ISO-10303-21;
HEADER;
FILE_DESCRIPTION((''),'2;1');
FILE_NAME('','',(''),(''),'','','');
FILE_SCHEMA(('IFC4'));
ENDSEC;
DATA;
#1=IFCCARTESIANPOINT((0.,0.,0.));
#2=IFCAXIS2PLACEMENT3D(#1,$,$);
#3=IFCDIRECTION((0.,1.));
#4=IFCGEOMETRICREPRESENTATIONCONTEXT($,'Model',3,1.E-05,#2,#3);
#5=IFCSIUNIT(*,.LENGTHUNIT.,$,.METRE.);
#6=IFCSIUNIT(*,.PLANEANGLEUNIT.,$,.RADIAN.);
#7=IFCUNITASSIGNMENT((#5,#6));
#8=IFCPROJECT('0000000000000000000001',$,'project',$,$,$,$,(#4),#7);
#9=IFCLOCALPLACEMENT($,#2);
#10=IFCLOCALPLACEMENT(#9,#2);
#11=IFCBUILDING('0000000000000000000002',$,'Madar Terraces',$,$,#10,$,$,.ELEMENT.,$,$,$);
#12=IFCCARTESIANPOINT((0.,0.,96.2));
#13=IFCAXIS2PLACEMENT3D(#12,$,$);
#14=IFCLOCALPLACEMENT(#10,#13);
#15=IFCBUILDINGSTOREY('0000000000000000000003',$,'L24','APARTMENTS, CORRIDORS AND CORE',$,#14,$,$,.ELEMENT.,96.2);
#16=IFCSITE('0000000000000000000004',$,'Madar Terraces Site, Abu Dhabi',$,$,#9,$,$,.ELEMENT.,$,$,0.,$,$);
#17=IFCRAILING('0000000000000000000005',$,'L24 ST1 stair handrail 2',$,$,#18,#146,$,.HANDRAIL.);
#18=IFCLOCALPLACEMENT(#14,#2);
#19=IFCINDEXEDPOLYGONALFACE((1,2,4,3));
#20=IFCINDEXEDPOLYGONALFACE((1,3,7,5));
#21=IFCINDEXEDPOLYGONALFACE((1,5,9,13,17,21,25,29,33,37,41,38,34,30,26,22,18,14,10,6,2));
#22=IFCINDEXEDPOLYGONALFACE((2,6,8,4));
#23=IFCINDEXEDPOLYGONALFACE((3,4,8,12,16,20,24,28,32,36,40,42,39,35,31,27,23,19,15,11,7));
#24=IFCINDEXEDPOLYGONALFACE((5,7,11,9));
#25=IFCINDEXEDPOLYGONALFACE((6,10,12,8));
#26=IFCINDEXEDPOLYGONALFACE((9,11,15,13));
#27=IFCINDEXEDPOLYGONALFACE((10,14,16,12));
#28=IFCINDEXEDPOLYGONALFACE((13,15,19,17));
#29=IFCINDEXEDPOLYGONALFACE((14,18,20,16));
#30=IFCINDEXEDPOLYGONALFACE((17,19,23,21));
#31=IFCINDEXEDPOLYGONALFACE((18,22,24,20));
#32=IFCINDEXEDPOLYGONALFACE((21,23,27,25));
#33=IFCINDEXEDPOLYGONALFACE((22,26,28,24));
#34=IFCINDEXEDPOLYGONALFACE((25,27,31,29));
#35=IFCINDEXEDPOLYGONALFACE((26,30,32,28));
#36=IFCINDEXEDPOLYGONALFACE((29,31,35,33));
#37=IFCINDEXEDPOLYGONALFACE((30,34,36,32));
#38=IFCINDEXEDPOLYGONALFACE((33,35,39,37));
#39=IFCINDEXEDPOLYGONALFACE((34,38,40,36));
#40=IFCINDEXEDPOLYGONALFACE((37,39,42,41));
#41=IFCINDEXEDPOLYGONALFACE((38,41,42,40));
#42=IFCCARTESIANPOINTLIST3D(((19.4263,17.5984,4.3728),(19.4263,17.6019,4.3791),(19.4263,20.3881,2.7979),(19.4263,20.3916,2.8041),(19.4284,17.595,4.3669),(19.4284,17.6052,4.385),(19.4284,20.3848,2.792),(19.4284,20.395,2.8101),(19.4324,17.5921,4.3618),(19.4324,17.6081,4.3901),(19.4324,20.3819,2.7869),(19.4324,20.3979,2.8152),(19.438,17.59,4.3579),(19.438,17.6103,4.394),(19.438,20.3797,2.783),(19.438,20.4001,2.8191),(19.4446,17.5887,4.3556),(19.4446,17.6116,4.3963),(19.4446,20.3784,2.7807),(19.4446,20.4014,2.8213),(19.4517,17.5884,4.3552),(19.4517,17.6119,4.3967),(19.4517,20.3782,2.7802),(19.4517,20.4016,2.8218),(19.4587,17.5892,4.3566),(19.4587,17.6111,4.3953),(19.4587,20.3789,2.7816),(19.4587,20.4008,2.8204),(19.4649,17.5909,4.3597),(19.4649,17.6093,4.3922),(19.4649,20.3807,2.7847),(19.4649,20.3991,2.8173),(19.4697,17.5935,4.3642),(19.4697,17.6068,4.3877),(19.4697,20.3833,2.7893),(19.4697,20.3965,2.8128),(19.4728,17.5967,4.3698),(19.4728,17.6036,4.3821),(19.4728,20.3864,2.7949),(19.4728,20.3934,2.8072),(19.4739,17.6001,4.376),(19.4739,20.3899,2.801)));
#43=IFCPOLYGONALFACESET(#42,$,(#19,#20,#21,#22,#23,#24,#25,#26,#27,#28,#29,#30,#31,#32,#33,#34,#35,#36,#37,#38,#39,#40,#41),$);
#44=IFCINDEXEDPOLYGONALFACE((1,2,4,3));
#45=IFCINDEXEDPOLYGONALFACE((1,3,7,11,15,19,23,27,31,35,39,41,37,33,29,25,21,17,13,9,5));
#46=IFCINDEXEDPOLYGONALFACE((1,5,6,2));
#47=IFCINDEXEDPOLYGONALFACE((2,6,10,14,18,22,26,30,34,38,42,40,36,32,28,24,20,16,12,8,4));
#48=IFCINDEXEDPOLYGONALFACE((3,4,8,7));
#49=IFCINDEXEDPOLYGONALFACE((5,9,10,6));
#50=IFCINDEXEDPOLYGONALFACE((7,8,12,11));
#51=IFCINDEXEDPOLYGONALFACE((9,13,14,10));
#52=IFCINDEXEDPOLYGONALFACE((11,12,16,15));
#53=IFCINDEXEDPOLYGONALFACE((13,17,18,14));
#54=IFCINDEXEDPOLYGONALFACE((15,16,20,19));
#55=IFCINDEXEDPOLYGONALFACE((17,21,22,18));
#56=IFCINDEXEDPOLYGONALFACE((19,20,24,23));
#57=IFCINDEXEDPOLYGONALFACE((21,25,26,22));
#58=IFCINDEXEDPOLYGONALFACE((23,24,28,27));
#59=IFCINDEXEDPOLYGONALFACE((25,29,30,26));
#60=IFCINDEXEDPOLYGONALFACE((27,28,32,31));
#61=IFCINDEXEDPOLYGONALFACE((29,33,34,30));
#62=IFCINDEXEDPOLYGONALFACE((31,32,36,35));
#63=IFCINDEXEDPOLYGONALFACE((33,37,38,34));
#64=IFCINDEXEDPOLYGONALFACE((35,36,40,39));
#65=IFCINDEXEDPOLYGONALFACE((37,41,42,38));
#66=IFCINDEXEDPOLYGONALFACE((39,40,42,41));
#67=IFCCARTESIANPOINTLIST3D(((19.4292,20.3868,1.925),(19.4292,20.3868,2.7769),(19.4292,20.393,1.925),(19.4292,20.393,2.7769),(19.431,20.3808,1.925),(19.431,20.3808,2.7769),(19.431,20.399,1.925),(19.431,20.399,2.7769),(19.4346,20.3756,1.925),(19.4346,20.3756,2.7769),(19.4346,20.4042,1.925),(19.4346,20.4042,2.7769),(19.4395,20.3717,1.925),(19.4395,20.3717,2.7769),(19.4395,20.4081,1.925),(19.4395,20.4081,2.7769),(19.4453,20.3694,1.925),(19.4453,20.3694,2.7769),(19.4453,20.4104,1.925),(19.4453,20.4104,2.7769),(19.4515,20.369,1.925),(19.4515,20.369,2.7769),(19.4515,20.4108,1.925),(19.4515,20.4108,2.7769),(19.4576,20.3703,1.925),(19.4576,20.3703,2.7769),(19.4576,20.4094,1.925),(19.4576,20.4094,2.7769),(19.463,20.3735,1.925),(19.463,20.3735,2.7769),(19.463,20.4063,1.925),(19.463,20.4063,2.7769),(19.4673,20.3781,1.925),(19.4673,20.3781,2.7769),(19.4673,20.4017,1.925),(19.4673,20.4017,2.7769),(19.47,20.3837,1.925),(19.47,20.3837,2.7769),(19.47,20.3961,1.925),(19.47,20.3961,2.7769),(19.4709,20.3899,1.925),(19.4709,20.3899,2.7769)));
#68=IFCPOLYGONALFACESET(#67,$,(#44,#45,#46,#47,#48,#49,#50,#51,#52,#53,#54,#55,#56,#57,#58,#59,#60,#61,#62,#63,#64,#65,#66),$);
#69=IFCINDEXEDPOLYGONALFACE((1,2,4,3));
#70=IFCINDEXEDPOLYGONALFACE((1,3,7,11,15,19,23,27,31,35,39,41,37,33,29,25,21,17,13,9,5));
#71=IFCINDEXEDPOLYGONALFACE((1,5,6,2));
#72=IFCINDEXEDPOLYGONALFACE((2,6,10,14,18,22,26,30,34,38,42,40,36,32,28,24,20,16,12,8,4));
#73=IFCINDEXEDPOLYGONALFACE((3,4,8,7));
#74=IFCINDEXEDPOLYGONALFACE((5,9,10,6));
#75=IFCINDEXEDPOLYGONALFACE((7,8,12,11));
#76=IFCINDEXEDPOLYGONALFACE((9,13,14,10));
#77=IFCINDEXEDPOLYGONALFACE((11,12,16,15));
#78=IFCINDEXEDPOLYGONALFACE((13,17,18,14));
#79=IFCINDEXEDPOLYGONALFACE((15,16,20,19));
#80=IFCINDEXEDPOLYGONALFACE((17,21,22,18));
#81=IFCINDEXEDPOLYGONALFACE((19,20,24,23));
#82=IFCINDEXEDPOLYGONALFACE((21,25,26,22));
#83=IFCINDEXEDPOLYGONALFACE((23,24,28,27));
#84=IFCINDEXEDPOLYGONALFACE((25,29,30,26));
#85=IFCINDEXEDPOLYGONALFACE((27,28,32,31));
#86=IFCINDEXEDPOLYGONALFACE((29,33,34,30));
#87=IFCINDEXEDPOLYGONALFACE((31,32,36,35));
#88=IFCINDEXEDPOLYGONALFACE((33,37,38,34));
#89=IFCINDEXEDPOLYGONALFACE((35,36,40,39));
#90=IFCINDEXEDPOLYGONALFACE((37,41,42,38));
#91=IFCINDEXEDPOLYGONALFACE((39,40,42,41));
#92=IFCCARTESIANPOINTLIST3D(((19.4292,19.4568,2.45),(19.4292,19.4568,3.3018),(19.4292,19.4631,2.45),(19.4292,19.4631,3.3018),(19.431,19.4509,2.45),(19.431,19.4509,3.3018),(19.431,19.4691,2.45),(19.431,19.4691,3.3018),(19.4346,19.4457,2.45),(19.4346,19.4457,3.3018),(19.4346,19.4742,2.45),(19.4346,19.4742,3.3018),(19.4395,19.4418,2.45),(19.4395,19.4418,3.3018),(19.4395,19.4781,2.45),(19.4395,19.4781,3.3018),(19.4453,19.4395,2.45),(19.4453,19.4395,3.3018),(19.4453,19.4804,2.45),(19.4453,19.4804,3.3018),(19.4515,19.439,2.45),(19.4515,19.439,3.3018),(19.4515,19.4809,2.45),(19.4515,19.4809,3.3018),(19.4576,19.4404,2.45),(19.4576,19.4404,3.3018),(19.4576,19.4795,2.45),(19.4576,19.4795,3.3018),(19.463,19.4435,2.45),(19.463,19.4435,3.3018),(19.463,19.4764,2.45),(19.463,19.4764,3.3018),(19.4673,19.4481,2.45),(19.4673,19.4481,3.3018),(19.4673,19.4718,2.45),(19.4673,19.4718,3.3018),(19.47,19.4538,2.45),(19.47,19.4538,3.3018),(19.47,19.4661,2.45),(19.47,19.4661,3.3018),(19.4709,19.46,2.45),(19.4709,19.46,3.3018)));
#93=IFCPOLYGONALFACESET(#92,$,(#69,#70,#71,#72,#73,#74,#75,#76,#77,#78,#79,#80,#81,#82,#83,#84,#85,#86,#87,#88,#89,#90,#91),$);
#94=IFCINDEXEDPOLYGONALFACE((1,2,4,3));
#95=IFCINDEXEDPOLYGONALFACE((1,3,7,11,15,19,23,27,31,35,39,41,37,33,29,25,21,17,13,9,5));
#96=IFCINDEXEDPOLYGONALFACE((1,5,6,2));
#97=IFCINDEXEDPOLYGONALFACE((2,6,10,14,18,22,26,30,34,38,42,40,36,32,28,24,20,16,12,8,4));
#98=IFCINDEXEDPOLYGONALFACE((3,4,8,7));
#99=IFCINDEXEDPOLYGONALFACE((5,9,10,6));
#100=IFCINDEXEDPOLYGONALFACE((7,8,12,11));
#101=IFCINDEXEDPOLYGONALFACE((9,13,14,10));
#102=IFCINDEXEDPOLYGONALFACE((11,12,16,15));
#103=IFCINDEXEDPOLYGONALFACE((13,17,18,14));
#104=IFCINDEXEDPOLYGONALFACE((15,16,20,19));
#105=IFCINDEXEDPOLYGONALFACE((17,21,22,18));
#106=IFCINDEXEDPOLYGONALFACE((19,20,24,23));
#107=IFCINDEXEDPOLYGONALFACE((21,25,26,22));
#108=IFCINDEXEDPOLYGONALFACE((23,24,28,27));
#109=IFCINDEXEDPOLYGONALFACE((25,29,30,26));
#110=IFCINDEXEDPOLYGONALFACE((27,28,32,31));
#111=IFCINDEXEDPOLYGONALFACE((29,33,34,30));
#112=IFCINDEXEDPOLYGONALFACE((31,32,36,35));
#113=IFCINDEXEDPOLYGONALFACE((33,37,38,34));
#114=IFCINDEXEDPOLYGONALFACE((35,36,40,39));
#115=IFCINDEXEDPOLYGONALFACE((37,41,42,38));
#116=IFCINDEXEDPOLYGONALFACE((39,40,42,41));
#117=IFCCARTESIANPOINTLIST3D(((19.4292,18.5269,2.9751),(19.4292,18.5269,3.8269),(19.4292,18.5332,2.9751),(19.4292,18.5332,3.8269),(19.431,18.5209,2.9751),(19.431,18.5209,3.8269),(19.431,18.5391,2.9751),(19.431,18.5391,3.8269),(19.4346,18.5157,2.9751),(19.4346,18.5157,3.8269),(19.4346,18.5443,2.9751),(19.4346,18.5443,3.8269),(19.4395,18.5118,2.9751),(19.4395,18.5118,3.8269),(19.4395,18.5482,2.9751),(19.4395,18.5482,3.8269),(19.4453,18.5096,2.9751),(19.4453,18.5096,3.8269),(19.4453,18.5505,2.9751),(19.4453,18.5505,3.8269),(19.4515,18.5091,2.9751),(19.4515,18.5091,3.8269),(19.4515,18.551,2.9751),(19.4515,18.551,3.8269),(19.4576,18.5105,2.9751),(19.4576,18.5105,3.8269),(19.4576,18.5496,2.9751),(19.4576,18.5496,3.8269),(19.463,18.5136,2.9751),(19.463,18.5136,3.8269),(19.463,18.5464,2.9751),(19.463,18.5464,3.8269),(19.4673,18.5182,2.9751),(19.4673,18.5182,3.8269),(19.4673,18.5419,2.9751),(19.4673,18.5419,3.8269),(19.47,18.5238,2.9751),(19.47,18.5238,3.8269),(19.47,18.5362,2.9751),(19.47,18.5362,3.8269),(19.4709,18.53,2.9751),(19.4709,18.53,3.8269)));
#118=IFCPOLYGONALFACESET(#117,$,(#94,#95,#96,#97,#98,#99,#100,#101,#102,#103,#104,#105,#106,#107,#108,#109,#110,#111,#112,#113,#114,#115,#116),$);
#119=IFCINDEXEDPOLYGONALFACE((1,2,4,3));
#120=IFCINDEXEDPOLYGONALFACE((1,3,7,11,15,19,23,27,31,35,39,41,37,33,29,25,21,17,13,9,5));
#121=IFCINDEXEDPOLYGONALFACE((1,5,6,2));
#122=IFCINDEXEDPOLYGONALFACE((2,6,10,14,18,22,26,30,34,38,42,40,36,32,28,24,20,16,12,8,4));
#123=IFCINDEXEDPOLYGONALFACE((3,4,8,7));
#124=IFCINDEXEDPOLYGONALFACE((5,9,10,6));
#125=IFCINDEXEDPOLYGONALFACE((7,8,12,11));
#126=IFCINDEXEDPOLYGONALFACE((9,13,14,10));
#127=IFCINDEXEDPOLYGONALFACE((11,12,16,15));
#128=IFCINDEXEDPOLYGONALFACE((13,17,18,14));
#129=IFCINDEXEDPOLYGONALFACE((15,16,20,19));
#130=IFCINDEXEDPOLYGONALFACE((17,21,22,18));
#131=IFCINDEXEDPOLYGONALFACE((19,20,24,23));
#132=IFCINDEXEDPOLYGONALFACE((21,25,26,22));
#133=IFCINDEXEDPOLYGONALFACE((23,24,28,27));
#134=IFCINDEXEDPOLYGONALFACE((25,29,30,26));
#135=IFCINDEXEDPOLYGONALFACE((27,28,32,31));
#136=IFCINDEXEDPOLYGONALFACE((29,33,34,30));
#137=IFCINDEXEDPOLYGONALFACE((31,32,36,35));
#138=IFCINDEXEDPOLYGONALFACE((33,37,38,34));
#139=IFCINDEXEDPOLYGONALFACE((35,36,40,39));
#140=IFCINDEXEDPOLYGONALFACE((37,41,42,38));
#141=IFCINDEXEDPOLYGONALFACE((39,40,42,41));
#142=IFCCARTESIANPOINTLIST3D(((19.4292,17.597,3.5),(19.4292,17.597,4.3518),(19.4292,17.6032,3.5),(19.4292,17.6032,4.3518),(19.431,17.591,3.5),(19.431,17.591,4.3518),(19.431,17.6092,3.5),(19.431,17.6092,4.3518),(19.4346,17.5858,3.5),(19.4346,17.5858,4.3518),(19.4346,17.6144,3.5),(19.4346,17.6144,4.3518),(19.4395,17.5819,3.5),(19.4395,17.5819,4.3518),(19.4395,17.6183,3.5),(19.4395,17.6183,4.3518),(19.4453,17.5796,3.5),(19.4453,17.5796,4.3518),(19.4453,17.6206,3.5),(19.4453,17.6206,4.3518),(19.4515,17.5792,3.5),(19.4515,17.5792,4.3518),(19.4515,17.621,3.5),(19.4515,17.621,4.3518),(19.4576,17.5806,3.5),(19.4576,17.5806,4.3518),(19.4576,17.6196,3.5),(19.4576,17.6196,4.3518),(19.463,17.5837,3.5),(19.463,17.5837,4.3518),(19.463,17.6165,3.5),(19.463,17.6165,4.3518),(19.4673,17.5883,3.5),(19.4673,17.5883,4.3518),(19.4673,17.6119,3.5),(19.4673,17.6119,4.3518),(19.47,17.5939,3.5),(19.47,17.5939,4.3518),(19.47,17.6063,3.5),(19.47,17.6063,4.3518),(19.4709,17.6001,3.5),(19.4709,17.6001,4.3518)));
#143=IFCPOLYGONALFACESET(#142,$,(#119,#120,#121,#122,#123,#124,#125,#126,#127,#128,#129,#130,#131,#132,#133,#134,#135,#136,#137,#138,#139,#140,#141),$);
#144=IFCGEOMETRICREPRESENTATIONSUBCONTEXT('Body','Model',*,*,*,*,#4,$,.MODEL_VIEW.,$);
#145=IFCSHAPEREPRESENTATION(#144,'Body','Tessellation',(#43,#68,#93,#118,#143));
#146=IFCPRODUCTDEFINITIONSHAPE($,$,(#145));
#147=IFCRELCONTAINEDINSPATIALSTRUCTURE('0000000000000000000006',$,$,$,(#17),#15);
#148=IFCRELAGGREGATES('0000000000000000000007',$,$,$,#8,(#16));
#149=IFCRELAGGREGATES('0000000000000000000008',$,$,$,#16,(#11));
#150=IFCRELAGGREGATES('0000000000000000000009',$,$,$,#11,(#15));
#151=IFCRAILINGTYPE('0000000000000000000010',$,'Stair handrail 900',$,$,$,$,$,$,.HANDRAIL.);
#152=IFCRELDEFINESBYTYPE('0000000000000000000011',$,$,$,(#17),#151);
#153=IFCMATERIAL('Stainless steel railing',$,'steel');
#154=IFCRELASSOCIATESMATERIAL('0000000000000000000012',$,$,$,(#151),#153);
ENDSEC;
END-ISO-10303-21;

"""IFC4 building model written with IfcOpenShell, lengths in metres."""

from ifc_helpers import new_model, si_unit, direction, frame, origin, origin_2d, place, context, subcontext, project, spatial, circle, extrude, material, type_object, element, save


model = new_model("IFC4")

# Units and contexts
model_context = context("Model", 3, precision=1e-05, world=origin(), true_north=direction((0.0, 1.0)))
body_context = subcontext(model_context, "Body", "Model", "MODEL_VIEW")
ifc_project = project(units=[si_unit("LENGTHUNIT", "METRE"), si_unit("PLANEANGLEUNIT", "RADIAN")], contexts=[model_context])

# Site, building, storey
site_placement = place(None, origin())
site = spatial("IfcSite", under=ifc_project, at=site_placement, Name="Madar Terraces Site, Abu Dhabi", CompositionType="ELEMENT", RefElevation=0.0)
building_placement = place(site_placement, origin())
building = spatial("IfcBuilding", under=site, at=building_placement, Name="Madar Terraces", CompositionType="ELEMENT")
storey_placement = place(building_placement, frame((0.0, 0.0, 96.2)))
storey = spatial("IfcBuildingStorey", under=building, at=storey_placement, Name="L24", Description="APARTMENTS, CORRIDORS AND CORE", CompositionType="ELEMENT", Elevation=96.2)

# Railing
ifc_material_1 = material(Name="Stainless steel railing", Category="steel")
railing_type_1 = type_object("IfcRailingType", Name="Stair handrail 900", PredefinedType="HANDRAIL", material=ifc_material_1)
railing_1_placement = place(storey_placement, frame((19.45, 20.3899, 1.925)))
element("IfcRailing", 1, at=railing_1_placement, inside=storey, type_object=railing_type_1, Name="L24 ST1 stair handrail 2", PredefinedType="HANDRAIL", context=body_context, shape_type="SweptSolid", body=[
    extrude(circle(Radius=0.0239, at=origin_2d()), frame((0.0, 0.0, 0.876), z_axis=(0.0, -0.870815, 0.49161), x_axis=(1.0, 0.0, 0.0)), (0.0, 0.0, 1.0), 3.2036),
    extrude(circle(Radius=0.021, at=origin_2d()), origin(), (0.0, 0.0, 1.0), 0.8518),
    extrude(circle(Radius=0.021, at=origin_2d()), frame((0.0, -0.9299, 0.5249)), (0.0, 0.0, 1.0), 0.8518),
    extrude(circle(Radius=0.021, at=origin_2d()), frame((0.0, -1.8599, 1.05)), (0.0, 0.0, 1.0), 0.8518),
    extrude(circle(Radius=0.021, at=origin_2d()), frame((0.0, -2.7898, 1.575)), (0.0, 0.0, 1.0), 0.8518),
])

save(model, "model.ifc")
